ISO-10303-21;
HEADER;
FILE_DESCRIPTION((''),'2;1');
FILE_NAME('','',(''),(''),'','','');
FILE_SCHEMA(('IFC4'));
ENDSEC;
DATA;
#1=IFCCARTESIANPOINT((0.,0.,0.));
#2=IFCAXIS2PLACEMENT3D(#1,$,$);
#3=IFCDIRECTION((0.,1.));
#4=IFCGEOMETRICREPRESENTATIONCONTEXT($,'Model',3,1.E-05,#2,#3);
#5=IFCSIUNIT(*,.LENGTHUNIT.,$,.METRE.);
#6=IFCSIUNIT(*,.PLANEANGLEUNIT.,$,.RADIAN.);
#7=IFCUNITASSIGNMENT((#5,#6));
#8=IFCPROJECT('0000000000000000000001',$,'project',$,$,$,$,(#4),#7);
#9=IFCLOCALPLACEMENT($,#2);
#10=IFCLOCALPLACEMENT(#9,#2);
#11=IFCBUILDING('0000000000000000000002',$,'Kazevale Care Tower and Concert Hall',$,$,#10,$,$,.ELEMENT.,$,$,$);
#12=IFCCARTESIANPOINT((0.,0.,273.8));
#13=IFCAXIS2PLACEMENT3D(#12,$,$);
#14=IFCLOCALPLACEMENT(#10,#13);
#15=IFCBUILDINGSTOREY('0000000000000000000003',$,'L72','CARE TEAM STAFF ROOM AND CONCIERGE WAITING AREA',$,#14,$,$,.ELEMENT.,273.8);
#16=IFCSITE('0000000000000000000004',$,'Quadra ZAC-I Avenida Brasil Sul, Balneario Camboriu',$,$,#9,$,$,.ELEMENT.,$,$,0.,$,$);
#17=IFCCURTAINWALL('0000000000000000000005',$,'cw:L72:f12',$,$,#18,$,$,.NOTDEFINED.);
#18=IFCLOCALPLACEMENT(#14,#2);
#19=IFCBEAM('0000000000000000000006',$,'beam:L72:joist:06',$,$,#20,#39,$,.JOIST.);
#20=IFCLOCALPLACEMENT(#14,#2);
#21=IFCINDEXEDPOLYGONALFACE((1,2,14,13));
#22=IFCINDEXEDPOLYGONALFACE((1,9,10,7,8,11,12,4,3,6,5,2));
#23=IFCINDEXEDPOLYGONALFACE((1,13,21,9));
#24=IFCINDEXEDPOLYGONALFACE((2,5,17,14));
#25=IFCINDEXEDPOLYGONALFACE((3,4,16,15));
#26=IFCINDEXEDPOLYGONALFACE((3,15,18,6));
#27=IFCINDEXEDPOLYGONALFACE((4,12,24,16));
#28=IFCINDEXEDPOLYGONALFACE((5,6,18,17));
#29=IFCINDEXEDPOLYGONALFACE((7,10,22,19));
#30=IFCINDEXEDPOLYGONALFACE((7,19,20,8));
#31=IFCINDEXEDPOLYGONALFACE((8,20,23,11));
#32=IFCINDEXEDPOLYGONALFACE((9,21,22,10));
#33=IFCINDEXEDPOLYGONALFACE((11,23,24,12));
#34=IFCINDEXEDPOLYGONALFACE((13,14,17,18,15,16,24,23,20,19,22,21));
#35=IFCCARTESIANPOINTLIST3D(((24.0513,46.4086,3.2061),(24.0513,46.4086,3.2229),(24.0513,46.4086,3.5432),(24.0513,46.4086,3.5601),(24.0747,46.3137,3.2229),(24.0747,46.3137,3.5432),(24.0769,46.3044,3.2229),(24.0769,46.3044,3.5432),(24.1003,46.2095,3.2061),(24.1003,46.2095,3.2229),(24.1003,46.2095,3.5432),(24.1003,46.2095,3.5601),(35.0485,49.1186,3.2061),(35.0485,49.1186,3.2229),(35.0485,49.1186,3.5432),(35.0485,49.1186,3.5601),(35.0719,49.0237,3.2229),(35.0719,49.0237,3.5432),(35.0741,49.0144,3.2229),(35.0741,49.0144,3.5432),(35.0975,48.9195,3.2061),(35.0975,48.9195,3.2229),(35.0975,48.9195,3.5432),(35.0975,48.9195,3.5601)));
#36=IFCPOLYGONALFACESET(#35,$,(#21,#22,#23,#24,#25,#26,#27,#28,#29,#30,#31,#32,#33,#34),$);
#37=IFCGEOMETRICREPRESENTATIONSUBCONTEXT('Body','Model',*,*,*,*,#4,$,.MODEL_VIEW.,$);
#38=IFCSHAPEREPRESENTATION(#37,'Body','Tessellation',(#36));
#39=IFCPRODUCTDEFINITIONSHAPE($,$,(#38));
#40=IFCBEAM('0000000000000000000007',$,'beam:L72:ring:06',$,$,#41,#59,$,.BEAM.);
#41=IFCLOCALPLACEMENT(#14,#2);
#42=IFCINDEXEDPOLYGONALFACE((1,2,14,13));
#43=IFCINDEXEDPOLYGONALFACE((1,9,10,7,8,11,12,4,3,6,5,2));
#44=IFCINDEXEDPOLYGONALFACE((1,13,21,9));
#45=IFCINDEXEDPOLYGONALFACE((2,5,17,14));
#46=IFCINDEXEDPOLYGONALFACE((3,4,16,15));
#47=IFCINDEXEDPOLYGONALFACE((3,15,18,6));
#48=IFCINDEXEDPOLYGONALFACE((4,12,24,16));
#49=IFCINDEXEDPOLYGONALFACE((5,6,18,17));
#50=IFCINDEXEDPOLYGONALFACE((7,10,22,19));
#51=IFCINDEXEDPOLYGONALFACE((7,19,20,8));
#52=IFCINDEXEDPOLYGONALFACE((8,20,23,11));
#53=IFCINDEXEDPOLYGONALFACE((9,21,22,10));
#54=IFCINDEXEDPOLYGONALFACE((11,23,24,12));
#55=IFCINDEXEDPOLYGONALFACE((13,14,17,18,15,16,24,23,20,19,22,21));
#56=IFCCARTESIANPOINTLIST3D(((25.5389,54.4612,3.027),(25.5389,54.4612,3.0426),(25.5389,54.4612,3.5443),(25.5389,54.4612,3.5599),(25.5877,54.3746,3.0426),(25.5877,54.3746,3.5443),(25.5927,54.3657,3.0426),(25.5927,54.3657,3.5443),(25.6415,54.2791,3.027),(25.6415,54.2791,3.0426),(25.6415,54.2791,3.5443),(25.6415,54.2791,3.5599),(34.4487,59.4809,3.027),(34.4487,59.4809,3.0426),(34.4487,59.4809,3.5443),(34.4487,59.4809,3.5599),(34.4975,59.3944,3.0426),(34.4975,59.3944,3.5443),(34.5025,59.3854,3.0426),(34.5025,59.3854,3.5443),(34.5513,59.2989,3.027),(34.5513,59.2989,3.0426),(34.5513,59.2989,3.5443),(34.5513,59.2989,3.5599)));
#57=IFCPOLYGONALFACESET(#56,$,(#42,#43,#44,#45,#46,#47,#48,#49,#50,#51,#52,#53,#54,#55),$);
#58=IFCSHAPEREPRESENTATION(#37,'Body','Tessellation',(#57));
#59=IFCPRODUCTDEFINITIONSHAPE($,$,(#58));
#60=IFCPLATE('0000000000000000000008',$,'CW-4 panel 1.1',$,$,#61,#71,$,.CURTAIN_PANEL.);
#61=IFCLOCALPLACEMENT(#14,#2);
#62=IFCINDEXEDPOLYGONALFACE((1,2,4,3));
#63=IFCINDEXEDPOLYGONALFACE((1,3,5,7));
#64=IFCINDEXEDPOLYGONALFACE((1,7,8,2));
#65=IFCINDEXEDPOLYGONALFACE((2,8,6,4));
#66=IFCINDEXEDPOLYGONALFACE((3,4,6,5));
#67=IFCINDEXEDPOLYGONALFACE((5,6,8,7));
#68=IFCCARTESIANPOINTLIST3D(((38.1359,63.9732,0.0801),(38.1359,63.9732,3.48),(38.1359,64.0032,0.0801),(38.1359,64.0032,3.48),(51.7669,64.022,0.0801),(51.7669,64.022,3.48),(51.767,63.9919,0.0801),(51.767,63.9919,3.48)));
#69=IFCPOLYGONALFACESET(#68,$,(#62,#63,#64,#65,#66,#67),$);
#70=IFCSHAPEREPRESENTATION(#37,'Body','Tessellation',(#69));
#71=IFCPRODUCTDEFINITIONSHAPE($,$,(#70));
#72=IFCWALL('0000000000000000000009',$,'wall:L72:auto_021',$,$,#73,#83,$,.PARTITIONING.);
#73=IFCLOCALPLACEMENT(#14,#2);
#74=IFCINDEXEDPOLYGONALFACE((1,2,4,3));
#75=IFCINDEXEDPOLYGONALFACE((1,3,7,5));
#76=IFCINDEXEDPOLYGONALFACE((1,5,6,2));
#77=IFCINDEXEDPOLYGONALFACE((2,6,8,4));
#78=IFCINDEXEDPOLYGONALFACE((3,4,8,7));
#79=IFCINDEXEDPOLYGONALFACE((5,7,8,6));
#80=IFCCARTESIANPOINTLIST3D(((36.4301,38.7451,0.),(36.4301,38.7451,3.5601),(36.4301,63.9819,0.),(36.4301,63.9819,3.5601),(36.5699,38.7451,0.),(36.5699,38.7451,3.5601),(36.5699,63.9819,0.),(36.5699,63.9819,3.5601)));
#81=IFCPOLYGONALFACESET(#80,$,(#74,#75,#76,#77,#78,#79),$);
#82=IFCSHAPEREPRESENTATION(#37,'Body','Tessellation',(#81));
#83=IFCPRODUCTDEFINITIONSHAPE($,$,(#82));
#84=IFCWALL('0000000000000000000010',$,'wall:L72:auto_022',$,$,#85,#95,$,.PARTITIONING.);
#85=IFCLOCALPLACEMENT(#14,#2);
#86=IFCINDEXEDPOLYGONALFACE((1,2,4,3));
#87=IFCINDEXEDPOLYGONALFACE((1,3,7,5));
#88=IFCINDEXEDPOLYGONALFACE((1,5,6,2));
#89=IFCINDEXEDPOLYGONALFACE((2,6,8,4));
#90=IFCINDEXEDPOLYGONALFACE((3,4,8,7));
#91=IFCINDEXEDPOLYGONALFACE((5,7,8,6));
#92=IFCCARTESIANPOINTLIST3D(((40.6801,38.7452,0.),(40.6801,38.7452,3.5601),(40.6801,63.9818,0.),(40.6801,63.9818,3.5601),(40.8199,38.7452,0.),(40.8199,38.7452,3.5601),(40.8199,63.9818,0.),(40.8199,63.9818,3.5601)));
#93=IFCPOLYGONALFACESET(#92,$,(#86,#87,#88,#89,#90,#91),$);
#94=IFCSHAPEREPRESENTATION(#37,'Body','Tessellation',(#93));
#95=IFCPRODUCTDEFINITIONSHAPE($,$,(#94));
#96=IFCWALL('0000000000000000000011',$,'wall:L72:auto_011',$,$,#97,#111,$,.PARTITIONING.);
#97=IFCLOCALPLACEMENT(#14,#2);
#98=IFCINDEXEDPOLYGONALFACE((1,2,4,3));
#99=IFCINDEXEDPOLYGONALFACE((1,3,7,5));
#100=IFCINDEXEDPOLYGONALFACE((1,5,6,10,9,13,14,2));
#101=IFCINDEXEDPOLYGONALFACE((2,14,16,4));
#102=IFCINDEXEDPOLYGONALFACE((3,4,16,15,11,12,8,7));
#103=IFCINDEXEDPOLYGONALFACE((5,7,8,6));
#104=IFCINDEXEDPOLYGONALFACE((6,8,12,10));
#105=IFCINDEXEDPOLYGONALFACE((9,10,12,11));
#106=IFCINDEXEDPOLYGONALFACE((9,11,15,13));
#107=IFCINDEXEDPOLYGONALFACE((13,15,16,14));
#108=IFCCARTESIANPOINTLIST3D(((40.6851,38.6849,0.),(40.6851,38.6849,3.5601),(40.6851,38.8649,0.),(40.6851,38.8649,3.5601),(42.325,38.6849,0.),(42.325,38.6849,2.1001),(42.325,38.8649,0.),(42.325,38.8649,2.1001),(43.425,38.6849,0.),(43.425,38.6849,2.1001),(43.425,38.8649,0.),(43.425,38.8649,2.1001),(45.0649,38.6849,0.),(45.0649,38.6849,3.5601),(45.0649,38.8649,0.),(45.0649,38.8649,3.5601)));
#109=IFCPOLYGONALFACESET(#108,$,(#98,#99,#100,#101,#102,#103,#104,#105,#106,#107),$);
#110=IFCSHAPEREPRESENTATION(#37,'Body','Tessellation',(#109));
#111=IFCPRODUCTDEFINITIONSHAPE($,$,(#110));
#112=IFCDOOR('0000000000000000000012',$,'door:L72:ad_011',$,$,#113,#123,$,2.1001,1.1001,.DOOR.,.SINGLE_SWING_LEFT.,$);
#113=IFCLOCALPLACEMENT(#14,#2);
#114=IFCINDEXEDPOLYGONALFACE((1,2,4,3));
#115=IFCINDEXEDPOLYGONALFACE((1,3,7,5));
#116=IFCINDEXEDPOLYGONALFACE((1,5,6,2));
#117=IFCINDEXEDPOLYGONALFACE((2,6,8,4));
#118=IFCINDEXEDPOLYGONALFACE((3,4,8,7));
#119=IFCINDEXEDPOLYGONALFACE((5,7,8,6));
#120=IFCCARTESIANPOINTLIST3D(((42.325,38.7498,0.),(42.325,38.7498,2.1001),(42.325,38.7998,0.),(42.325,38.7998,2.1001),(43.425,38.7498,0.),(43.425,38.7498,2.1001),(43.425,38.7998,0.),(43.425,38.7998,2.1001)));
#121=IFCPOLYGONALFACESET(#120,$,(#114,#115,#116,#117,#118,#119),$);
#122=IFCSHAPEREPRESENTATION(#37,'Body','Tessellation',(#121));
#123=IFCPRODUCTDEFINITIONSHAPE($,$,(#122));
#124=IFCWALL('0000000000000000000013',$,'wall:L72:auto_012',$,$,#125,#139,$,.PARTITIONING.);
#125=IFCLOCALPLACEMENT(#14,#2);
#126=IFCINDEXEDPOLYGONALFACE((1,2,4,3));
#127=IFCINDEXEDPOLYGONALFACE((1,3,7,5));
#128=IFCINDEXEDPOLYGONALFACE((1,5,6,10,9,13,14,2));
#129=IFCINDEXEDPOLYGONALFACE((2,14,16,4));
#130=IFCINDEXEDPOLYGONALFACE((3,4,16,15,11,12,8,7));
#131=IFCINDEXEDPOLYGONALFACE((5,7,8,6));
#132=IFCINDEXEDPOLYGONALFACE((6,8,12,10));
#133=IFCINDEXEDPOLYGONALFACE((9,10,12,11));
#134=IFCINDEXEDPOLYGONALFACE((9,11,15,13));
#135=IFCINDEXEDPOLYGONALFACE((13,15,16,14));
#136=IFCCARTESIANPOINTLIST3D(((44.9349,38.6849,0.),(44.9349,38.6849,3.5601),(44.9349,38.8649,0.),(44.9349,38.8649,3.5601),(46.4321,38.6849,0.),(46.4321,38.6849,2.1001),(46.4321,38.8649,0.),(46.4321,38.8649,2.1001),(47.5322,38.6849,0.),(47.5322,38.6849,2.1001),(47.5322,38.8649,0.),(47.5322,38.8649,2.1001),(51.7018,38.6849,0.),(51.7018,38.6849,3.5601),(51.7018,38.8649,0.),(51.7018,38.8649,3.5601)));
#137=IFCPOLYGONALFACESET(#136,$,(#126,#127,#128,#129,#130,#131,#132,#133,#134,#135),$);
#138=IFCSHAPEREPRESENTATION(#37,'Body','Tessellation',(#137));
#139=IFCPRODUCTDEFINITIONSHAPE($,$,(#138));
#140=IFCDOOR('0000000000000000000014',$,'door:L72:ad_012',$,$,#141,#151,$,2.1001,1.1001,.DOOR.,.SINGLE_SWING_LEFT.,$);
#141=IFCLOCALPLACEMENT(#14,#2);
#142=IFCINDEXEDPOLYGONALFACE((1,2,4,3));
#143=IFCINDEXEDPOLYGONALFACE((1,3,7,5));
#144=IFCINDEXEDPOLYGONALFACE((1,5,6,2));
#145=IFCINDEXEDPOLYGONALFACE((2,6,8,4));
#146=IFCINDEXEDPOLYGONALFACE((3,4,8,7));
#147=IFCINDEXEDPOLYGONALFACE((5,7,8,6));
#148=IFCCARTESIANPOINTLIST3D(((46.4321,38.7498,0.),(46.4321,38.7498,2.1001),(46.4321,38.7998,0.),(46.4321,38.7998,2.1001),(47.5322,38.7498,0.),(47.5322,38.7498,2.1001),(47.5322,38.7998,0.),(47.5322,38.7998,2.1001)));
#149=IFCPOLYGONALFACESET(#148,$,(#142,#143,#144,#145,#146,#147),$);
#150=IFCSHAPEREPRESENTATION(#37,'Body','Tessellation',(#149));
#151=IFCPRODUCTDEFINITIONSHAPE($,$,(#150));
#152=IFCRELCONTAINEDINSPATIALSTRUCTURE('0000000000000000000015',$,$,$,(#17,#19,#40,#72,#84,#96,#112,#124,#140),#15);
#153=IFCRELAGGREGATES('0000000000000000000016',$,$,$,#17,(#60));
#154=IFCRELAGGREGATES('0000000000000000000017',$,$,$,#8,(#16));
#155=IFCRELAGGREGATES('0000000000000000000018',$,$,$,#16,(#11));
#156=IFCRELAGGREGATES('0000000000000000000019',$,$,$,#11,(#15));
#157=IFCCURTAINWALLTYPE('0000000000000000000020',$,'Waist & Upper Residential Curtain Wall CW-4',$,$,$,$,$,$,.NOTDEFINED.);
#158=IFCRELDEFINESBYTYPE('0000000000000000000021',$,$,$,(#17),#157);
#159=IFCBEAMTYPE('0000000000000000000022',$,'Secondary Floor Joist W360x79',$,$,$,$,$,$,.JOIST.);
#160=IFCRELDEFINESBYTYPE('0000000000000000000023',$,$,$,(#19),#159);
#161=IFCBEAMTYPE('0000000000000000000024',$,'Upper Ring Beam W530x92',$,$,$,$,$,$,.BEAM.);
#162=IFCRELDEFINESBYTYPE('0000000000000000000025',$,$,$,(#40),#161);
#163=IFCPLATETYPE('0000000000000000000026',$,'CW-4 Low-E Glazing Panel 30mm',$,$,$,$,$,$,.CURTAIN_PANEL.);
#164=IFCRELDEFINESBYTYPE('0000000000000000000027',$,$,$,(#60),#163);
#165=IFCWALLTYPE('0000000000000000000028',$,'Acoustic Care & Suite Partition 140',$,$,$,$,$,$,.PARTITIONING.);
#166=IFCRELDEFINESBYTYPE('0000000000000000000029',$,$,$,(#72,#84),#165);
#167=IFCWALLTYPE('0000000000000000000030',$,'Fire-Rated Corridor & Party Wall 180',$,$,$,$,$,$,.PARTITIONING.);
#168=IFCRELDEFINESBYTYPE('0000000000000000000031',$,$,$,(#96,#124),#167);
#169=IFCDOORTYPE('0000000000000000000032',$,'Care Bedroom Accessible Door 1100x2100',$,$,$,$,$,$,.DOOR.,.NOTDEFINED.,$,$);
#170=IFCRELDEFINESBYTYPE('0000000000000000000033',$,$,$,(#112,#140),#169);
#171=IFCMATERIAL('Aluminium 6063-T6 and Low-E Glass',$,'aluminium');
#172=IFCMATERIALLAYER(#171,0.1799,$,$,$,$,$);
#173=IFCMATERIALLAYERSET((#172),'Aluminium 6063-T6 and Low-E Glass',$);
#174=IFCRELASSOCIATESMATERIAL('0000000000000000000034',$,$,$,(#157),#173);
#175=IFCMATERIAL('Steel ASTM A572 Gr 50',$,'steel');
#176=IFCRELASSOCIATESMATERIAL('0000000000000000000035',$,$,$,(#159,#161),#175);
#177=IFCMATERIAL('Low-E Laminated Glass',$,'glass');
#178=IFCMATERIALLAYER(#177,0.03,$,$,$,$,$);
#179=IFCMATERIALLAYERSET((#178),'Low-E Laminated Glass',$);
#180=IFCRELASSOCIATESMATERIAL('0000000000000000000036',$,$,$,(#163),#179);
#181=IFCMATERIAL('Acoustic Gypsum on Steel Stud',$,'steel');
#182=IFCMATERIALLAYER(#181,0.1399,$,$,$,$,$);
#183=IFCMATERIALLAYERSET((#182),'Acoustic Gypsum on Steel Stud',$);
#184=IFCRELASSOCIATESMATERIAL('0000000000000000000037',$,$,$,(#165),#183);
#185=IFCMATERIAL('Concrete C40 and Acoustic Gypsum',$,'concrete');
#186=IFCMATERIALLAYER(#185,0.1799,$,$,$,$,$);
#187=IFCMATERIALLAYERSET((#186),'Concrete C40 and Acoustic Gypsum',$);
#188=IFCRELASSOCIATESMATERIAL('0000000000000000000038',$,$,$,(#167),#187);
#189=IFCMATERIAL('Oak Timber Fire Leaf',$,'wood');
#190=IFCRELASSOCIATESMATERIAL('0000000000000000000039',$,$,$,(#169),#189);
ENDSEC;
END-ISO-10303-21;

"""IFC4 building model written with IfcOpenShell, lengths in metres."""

from ifc_helpers import new_model, si_unit, direction, frame, frame_2d, origin, origin_2d, place, context, subcontext, project, spatial, rectangle, i_section, extrude, material, layer, layer_set, material_profile, profile_set, type_object, element, fill, aggregate, save


model = new_model("IFC4")

# Units and contexts
model_context = context("Model", 3, precision=1e-05, world=origin(), true_north=direction((0.0, 1.0)))
body_context = subcontext(model_context, "Body", "Model", "MODEL_VIEW")
ifc_project = project(units=[si_unit("LENGTHUNIT", "METRE"), si_unit("PLANEANGLEUNIT", "RADIAN")], contexts=[model_context])

# Site, building, storey
site_placement = place(None, origin())
site = spatial("IfcSite", under=ifc_project, at=site_placement, Name="Quadra ZAC-I Avenida Brasil Sul, Balneario Camboriu", CompositionType="ELEMENT", RefElevation=0.0)
building_placement = place(site_placement, origin())
building = spatial("IfcBuilding", under=site, at=building_placement, Name="Kazevale Care Tower and Concert Hall", CompositionType="ELEMENT")
storey_placement = place(building_placement, frame((0.0, 0.0, 273.8)))
storey = spatial("IfcBuildingStorey", under=building, at=storey_placement, Name="L72", Description="CARE TEAM STAFF ROOM AND CONCIERGE WAITING AREA", CompositionType="ELEMENT", Elevation=273.8)

# Shared definitions
ifc_material_1 = material(Name="Aluminium 6063-T6 and Low-E Glass", Category="aluminium")
ifc_layer_1 = layer(ifc_material_1, 0.1799)
ifc_layer_set_1 = layer_set([ifc_layer_1], Name="Aluminium 6063-T6 and Low-E Glass")
curtain_wall_type = type_object("IfcCurtainWallType", Name="Waist & Upper Residential Curtain Wall CW-4", PredefinedType="NOTDEFINED", material=ifc_layer_set_1)

# Curtain wall
curtain_wall_1_placement = place(storey_placement, origin())
curtain_wall_1 = element("IfcCurtainWall", 1, at=curtain_wall_1_placement, inside=storey, type_object=curtain_wall_type, Name="cw:L72:f12", PredefinedType="NOTDEFINED")

# Beams
ifc_material_2 = material(Name="Steel ASTM A572 Gr 50", Category="steel")
ifc_material_profile_1 = material_profile(ifc_material_2, i_section(OverallWidth=0.2051, OverallDepth=0.354, WebThickness=0.0095, FlangeThickness=0.0168, at=origin_2d()), Name="W360x79")
ifc_profile_set_1 = profile_set([ifc_material_profile_1], Name="Steel ASTM A572 Gr 50")
beam_type_1 = type_object("IfcBeamType", Name="Secondary Floor Joist W360x79", PredefinedType="JOIST", material=ifc_profile_set_1)
beam_1_placement = place(storey_placement, frame((35.073, 49.019, 3.3831), z_axis=(-0.970954, -0.239268, 0.0), x_axis=(0.239268, -0.970954, 0.0)))
element("IfcBeam", 2, at=beam_1_placement, inside=storey, type_object=beam_type_1, Name="beam:L72:joist:06", PredefinedType="JOIST", context=body_context, shape_type="SweptSolid", body=[
    extrude(i_section(OverallWidth=0.2051, OverallDepth=0.354, WebThickness=0.0095, FlangeThickness=0.0168, at=origin_2d()), origin(), (0.0, 0.0, 1.0), 11.3262),
])
ifc_material_profile_2 = material_profile(ifc_material_2, i_section(OverallWidth=0.209, OverallDepth=0.533, WebThickness=0.0103, FlangeThickness=0.0156, at=origin_2d()), Name="W530x92")
ifc_profile_set_2 = profile_set([ifc_material_profile_2], Name="Steel ASTM A572 Gr 50")
beam_type_2 = type_object("IfcBeamType", Name="Upper Ring Beam W530x92", PredefinedType="BEAM", material=ifc_profile_set_2)
beam_2_placement = place(storey_placement, frame((34.5, 59.3899, 3.2935), z_axis=(-0.871243, -0.490852, 0.0), x_axis=(0.490852, -0.871243, 0.0)))
element("IfcBeam", 3, at=beam_2_placement, inside=storey, type_object=beam_type_2, Name="beam:L72:ring:06", PredefinedType="BEAM", context=body_context, shape_type="SweptSolid", body=[
    extrude(i_section(OverallWidth=0.209, OverallDepth=0.533, WebThickness=0.0103, FlangeThickness=0.0156, at=origin_2d()), origin(), (0.0, 0.0, 1.0), 10.2266),
])

# Plate
ifc_material_3 = material(Name="Low-E Laminated Glass", Category="glass")
ifc_layer_2 = layer(ifc_material_3, 0.03)
ifc_layer_set_2 = layer_set([ifc_layer_2], Name="Low-E Laminated Glass")
plate_type = type_object("IfcPlateType", Name="CW-4 Low-E Glazing Panel 30mm", PredefinedType="CURTAIN_PANEL", material=ifc_layer_set_2)
plate_placement = place(storey_placement, frame((44.9514, 63.9976, 0.0801), z_axis=(0.0, 0.0, 1.0), x_axis=(0.999999, 0.001378, 0.0)))
plate = element("IfcPlate", 4, at=plate_placement, type_object=plate_type, Name="CW-4 panel 1.1", PredefinedType="CURTAIN_PANEL", context=body_context, shape_type="SweptSolid", body=[
    extrude(rectangle(XDim=13.6311, YDim=0.03, at=origin_2d()), origin(), (0.0, 0.0, 1.0), 3.3999),
])
aggregate(curtain_wall_1, [plate])

# Walls
ifc_material_4 = material(Name="Acoustic Gypsum on Steel Stud", Category="steel")
ifc_layer_3 = layer(ifc_material_4, 0.1399)
ifc_layer_set_3 = layer_set([ifc_layer_3], Name="Acoustic Gypsum on Steel Stud")
wall_type_1 = type_object("IfcWallType", Name="Acoustic Care & Suite Partition 140", PredefinedType="PARTITIONING", material=ifc_layer_set_3)
wall_1_placement = place(storey_placement, frame((36.5, 63.9819, 0.0), z_axis=(0.0, 0.0, 1.0), x_axis=(0.0, -1.0, 0.0)))
element("IfcWall", 5, at=wall_1_placement, inside=storey, type_object=wall_type_1, Name="wall:L72:auto_021", PredefinedType="PARTITIONING", context=body_context, shape_type="SweptSolid", body=[
    extrude(rectangle(XDim=25.2368, YDim=0.1399, at=frame_2d((12.6184, 0.0))), origin(), (0.0, 0.0, 1.0), 3.5601),
])
wall_2_placement = place(storey_placement, frame((40.75, 63.9817, 0.0), z_axis=(0.0, 0.0, 1.0), x_axis=(0.0, -1.0, 0.0)))
element("IfcWall", 6, at=wall_2_placement, inside=storey, type_object=wall_type_1, Name="wall:L72:auto_022", PredefinedType="PARTITIONING", context=body_context, shape_type="SweptSolid", body=[
    extrude(rectangle(XDim=25.2366, YDim=0.1399, at=frame_2d((12.6182, 0.0))), origin(), (0.0, 0.0, 1.0), 3.5601),
])

# Walls, openings, doors
ifc_material_5 = material(Name="Concrete C40 and Acoustic Gypsum", Category="concrete")
ifc_layer_4 = layer(ifc_material_5, 0.1799)
ifc_layer_set_4 = layer_set([ifc_layer_4], Name="Concrete C40 and Acoustic Gypsum")
wall_type_2 = type_object("IfcWallType", Name="Fire-Rated Corridor & Party Wall 180", PredefinedType="PARTITIONING", material=ifc_layer_set_4)
wall_3_placement = place(storey_placement, frame((40.6851, 38.7749, 0.0), z_axis=(0.0, 0.0, 1.0), x_axis=(1.0, 0.0, 0.0)))
wall_3 = element("IfcWall", 7, at=wall_3_placement, inside=storey, type_object=wall_type_2, Name="wall:L72:auto_011", PredefinedType="PARTITIONING", context=body_context, shape_type="SweptSolid", body=[
    extrude(rectangle(XDim=4.3799, YDim=0.1799, at=frame_2d((2.1899, 0.0))), origin(), (0.0, 0.0, 1.0), 3.5601),
])
opening_1_placement = place(wall_3_placement, frame((1.6399, 0.0, 0.0)))
opening_1 = element("IfcOpeningElement", 8, at=opening_1_placement, cuts=wall_3, PredefinedType="OPENING", context=body_context, shape_type="SweptSolid", body=[
    extrude(rectangle(XDim=1.1001, YDim=2.1001, at=frame_2d((0.55, 1.05))), frame((0.0, 0.0999, 0.0), z_axis=(0.0, -1.0, 0.0), x_axis=(1.0, 0.0, 0.0)), (0.0, 0.0, 1.0), 0.2),
])
ifc_material_6 = material(Name="Oak Timber Fire Leaf", Category="wood")
door_type = type_object("IfcDoorType", Name="Care Bedroom Accessible Door 1100x2100", OperationType="NOTDEFINED", PredefinedType="DOOR", material=ifc_material_6)
door_1_placement = place(opening_1_placement, origin())
door_1 = element("IfcDoor", 9, at=door_1_placement, inside=storey, type_object=door_type, Name="door:L72:ad_011", OperationType="SINGLE_SWING_LEFT", OverallHeight=2.1001, OverallWidth=1.1001, PredefinedType="DOOR", context=body_context, shape_type="SweptSolid", body=[
    extrude(rectangle(XDim=1.1001, YDim=2.1001, at=frame_2d((0.55, 1.05))), frame((0.0, 0.0249, 0.0), z_axis=(0.0, -1.0, 0.0), x_axis=(1.0, 0.0, 0.0)), (0.0, 0.0, 1.0), 0.05),
])
fill(opening_1, door_1)
wall_4_placement = place(storey_placement, frame((44.9351, 38.7749, 0.0), z_axis=(0.0, 0.0, 1.0), x_axis=(1.0, 0.0, 0.0)))
wall_4 = element("IfcWall", 10, at=wall_4_placement, inside=storey, type_object=wall_type_2, Name="wall:L72:auto_012", PredefinedType="PARTITIONING", context=body_context, shape_type="SweptSolid", body=[
    extrude(rectangle(XDim=6.7668, YDim=0.1799, at=frame_2d((3.3833, 0.0))), origin(), (0.0, 0.0, 1.0), 3.5601),
])
opening_2_placement = place(wall_4_placement, frame((1.4971, 0.0, 0.0)))
opening_2 = element("IfcOpeningElement", 11, at=opening_2_placement, cuts=wall_4, PredefinedType="OPENING", context=body_context, shape_type="SweptSolid", body=[
    extrude(rectangle(XDim=1.1001, YDim=2.1001, at=frame_2d((0.55, 1.05))), frame((0.0, 0.0999, 0.0), z_axis=(0.0, -1.0, 0.0), x_axis=(1.0, 0.0, 0.0)), (0.0, 0.0, 1.0), 0.2),
])
door_2_placement = place(opening_2_placement, origin())
door_2 = element("IfcDoor", 12, at=door_2_placement, inside=storey, type_object=door_type, Name="door:L72:ad_012", OperationType="SINGLE_SWING_LEFT", OverallHeight=2.1001, OverallWidth=1.1001, PredefinedType="DOOR", context=body_context, shape_type="SweptSolid", body=[
    extrude(rectangle(XDim=1.1001, YDim=2.1001, at=frame_2d((0.55, 1.05))), frame((0.0, 0.0249, 0.0), z_axis=(0.0, -1.0, 0.0), x_axis=(1.0, 0.0, 0.0)), (0.0, 0.0, 1.0), 0.05),
])
fill(opening_2, door_2)

save(model, "model.ifc")
